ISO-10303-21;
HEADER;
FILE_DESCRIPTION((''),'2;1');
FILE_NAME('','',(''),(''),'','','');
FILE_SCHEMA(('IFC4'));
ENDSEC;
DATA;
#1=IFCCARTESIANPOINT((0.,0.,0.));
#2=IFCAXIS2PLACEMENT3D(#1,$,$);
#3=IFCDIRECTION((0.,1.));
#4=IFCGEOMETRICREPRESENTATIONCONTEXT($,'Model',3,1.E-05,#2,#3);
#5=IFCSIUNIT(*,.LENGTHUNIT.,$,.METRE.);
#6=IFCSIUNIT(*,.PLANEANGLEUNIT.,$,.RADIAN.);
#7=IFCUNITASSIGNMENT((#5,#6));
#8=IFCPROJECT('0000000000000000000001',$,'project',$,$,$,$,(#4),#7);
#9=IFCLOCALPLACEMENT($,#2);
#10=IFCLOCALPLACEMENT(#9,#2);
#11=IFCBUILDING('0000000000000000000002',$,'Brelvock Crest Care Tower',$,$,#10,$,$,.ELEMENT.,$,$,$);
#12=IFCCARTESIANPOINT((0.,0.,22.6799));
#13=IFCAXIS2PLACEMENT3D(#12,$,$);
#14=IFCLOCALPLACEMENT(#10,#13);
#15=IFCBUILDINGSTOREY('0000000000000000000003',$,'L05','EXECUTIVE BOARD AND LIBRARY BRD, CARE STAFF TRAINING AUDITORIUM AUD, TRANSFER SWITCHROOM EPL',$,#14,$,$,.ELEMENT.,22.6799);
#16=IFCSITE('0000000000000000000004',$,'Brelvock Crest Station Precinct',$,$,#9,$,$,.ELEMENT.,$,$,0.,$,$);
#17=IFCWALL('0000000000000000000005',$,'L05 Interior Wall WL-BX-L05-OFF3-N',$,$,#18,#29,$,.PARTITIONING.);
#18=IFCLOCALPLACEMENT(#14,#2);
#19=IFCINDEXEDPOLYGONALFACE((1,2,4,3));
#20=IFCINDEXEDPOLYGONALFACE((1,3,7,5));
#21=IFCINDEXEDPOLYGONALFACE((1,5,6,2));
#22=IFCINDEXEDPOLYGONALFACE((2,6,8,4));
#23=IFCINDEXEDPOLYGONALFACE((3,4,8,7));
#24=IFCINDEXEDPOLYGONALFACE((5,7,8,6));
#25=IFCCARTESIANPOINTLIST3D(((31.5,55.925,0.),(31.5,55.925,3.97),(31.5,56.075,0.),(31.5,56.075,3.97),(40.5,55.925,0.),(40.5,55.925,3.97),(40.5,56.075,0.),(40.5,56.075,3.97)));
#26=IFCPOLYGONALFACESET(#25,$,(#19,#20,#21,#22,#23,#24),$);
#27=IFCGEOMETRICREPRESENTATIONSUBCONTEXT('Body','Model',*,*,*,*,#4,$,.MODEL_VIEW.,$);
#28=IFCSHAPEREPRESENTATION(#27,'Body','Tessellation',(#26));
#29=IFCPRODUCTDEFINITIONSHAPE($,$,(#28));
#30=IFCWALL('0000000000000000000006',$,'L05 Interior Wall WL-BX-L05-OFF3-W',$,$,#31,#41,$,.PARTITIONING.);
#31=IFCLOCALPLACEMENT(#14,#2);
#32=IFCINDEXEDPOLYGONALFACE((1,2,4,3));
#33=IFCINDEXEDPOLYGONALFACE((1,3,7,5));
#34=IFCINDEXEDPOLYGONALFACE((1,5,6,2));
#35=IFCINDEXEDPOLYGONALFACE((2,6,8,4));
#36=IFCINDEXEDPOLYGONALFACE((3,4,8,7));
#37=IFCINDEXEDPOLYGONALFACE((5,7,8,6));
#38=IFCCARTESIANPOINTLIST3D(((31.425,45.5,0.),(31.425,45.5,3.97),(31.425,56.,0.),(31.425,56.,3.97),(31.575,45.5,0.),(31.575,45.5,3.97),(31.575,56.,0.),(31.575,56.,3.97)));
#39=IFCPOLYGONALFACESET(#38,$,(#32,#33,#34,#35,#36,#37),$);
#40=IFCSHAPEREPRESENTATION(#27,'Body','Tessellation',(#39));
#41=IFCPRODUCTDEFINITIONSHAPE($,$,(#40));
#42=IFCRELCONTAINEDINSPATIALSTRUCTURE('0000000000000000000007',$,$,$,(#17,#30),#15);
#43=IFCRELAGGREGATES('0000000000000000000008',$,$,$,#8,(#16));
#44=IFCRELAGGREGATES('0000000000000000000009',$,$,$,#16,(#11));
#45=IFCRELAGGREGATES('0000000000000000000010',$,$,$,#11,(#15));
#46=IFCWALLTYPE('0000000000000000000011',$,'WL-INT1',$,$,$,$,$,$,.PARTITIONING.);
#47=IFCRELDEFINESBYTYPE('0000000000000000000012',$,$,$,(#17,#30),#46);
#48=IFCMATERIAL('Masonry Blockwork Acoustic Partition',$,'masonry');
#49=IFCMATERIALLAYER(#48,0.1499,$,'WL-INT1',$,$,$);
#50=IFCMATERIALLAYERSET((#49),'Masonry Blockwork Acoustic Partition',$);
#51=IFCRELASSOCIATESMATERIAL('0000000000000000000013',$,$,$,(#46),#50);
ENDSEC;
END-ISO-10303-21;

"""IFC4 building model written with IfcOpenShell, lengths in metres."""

from ifc_helpers import new_model, si_unit, direction, frame, frame_2d, origin, place, context, subcontext, project, spatial, rectangle, extrude, material, layer, layer_set, type_object, element, save


model = new_model("IFC4")

# Units and contexts
model_context = context("Model", 3, precision=1e-05, world=origin(), true_north=direction((0.0, 1.0)))
body_context = subcontext(model_context, "Body", "Model", "MODEL_VIEW")
ifc_project = project(units=[si_unit("LENGTHUNIT", "METRE"), si_unit("PLANEANGLEUNIT", "RADIAN")], contexts=[model_context])

# Site, building, storey
site_placement = place(None, origin())
site = spatial("IfcSite", under=ifc_project, at=site_placement, Name="Brelvock Crest Station Precinct", CompositionType="ELEMENT", RefElevation=0.0)
building_placement = place(site_placement, origin())
building = spatial("IfcBuilding", under=site, at=building_placement, Name="Brelvock Crest Care Tower", CompositionType="ELEMENT")
storey_placement = place(building_placement, frame((0.0, 0.0, 22.6799)))
storey = spatial("IfcBuildingStorey", under=building, at=storey_placement, Name="L05", Description="EXECUTIVE BOARD AND LIBRARY BRD, CARE STAFF TRAINING AUDITORIUM AUD, TRANSFER SWITCHROOM EPL", CompositionType="ELEMENT", Elevation=22.6799)

# Shared definitions
ifc_material_1 = material(Name="Masonry Blockwork Acoustic Partition", Category="masonry")
ifc_layer_1 = layer(ifc_material_1, 0.1499, Name="WL-INT1")
ifc_layer_set_1 = layer_set([ifc_layer_1], Name="Masonry Blockwork Acoustic Partition")
wall_type = type_object("IfcWallType", Name="WL-INT1", PredefinedType="PARTITIONING", material=ifc_layer_set_1)

# Walls
wall_1_placement = place(storey_placement, frame((31.5, 56.0, 0.0), z_axis=(0.0, 0.0, 1.0), x_axis=(1.0, 0.0, 0.0)))
element("IfcWall", 1, at=wall_1_placement, inside=storey, type_object=wall_type, Name="L05 Interior Wall WL-BX-L05-OFF3-N", PredefinedType="PARTITIONING", context=body_context, shape_type="SweptSolid", body=[
    extrude(rectangle(XDim=9.0, YDim=0.1499, at=frame_2d((4.5, 0.0))), origin(), (0.0, 0.0, 1.0), 3.97),
])
wall_2_placement = place(storey_placement, frame((31.5, 45.5, 0.0), z_axis=(0.0, 0.0, 1.0), x_axis=(0.0, 1.0, 0.0)))
element("IfcWall", 2, at=wall_2_placement, inside=storey, type_object=wall_type, Name="L05 Interior Wall WL-BX-L05-OFF3-W", PredefinedType="PARTITIONING", context=body_context, shape_type="SweptSolid", body=[
    extrude(rectangle(XDim=10.5, YDim=0.1499, at=frame_2d((5.25, 0.0))), origin(), (0.0, 0.0, 1.0), 3.97),
])

save(model, "model.ifc")
